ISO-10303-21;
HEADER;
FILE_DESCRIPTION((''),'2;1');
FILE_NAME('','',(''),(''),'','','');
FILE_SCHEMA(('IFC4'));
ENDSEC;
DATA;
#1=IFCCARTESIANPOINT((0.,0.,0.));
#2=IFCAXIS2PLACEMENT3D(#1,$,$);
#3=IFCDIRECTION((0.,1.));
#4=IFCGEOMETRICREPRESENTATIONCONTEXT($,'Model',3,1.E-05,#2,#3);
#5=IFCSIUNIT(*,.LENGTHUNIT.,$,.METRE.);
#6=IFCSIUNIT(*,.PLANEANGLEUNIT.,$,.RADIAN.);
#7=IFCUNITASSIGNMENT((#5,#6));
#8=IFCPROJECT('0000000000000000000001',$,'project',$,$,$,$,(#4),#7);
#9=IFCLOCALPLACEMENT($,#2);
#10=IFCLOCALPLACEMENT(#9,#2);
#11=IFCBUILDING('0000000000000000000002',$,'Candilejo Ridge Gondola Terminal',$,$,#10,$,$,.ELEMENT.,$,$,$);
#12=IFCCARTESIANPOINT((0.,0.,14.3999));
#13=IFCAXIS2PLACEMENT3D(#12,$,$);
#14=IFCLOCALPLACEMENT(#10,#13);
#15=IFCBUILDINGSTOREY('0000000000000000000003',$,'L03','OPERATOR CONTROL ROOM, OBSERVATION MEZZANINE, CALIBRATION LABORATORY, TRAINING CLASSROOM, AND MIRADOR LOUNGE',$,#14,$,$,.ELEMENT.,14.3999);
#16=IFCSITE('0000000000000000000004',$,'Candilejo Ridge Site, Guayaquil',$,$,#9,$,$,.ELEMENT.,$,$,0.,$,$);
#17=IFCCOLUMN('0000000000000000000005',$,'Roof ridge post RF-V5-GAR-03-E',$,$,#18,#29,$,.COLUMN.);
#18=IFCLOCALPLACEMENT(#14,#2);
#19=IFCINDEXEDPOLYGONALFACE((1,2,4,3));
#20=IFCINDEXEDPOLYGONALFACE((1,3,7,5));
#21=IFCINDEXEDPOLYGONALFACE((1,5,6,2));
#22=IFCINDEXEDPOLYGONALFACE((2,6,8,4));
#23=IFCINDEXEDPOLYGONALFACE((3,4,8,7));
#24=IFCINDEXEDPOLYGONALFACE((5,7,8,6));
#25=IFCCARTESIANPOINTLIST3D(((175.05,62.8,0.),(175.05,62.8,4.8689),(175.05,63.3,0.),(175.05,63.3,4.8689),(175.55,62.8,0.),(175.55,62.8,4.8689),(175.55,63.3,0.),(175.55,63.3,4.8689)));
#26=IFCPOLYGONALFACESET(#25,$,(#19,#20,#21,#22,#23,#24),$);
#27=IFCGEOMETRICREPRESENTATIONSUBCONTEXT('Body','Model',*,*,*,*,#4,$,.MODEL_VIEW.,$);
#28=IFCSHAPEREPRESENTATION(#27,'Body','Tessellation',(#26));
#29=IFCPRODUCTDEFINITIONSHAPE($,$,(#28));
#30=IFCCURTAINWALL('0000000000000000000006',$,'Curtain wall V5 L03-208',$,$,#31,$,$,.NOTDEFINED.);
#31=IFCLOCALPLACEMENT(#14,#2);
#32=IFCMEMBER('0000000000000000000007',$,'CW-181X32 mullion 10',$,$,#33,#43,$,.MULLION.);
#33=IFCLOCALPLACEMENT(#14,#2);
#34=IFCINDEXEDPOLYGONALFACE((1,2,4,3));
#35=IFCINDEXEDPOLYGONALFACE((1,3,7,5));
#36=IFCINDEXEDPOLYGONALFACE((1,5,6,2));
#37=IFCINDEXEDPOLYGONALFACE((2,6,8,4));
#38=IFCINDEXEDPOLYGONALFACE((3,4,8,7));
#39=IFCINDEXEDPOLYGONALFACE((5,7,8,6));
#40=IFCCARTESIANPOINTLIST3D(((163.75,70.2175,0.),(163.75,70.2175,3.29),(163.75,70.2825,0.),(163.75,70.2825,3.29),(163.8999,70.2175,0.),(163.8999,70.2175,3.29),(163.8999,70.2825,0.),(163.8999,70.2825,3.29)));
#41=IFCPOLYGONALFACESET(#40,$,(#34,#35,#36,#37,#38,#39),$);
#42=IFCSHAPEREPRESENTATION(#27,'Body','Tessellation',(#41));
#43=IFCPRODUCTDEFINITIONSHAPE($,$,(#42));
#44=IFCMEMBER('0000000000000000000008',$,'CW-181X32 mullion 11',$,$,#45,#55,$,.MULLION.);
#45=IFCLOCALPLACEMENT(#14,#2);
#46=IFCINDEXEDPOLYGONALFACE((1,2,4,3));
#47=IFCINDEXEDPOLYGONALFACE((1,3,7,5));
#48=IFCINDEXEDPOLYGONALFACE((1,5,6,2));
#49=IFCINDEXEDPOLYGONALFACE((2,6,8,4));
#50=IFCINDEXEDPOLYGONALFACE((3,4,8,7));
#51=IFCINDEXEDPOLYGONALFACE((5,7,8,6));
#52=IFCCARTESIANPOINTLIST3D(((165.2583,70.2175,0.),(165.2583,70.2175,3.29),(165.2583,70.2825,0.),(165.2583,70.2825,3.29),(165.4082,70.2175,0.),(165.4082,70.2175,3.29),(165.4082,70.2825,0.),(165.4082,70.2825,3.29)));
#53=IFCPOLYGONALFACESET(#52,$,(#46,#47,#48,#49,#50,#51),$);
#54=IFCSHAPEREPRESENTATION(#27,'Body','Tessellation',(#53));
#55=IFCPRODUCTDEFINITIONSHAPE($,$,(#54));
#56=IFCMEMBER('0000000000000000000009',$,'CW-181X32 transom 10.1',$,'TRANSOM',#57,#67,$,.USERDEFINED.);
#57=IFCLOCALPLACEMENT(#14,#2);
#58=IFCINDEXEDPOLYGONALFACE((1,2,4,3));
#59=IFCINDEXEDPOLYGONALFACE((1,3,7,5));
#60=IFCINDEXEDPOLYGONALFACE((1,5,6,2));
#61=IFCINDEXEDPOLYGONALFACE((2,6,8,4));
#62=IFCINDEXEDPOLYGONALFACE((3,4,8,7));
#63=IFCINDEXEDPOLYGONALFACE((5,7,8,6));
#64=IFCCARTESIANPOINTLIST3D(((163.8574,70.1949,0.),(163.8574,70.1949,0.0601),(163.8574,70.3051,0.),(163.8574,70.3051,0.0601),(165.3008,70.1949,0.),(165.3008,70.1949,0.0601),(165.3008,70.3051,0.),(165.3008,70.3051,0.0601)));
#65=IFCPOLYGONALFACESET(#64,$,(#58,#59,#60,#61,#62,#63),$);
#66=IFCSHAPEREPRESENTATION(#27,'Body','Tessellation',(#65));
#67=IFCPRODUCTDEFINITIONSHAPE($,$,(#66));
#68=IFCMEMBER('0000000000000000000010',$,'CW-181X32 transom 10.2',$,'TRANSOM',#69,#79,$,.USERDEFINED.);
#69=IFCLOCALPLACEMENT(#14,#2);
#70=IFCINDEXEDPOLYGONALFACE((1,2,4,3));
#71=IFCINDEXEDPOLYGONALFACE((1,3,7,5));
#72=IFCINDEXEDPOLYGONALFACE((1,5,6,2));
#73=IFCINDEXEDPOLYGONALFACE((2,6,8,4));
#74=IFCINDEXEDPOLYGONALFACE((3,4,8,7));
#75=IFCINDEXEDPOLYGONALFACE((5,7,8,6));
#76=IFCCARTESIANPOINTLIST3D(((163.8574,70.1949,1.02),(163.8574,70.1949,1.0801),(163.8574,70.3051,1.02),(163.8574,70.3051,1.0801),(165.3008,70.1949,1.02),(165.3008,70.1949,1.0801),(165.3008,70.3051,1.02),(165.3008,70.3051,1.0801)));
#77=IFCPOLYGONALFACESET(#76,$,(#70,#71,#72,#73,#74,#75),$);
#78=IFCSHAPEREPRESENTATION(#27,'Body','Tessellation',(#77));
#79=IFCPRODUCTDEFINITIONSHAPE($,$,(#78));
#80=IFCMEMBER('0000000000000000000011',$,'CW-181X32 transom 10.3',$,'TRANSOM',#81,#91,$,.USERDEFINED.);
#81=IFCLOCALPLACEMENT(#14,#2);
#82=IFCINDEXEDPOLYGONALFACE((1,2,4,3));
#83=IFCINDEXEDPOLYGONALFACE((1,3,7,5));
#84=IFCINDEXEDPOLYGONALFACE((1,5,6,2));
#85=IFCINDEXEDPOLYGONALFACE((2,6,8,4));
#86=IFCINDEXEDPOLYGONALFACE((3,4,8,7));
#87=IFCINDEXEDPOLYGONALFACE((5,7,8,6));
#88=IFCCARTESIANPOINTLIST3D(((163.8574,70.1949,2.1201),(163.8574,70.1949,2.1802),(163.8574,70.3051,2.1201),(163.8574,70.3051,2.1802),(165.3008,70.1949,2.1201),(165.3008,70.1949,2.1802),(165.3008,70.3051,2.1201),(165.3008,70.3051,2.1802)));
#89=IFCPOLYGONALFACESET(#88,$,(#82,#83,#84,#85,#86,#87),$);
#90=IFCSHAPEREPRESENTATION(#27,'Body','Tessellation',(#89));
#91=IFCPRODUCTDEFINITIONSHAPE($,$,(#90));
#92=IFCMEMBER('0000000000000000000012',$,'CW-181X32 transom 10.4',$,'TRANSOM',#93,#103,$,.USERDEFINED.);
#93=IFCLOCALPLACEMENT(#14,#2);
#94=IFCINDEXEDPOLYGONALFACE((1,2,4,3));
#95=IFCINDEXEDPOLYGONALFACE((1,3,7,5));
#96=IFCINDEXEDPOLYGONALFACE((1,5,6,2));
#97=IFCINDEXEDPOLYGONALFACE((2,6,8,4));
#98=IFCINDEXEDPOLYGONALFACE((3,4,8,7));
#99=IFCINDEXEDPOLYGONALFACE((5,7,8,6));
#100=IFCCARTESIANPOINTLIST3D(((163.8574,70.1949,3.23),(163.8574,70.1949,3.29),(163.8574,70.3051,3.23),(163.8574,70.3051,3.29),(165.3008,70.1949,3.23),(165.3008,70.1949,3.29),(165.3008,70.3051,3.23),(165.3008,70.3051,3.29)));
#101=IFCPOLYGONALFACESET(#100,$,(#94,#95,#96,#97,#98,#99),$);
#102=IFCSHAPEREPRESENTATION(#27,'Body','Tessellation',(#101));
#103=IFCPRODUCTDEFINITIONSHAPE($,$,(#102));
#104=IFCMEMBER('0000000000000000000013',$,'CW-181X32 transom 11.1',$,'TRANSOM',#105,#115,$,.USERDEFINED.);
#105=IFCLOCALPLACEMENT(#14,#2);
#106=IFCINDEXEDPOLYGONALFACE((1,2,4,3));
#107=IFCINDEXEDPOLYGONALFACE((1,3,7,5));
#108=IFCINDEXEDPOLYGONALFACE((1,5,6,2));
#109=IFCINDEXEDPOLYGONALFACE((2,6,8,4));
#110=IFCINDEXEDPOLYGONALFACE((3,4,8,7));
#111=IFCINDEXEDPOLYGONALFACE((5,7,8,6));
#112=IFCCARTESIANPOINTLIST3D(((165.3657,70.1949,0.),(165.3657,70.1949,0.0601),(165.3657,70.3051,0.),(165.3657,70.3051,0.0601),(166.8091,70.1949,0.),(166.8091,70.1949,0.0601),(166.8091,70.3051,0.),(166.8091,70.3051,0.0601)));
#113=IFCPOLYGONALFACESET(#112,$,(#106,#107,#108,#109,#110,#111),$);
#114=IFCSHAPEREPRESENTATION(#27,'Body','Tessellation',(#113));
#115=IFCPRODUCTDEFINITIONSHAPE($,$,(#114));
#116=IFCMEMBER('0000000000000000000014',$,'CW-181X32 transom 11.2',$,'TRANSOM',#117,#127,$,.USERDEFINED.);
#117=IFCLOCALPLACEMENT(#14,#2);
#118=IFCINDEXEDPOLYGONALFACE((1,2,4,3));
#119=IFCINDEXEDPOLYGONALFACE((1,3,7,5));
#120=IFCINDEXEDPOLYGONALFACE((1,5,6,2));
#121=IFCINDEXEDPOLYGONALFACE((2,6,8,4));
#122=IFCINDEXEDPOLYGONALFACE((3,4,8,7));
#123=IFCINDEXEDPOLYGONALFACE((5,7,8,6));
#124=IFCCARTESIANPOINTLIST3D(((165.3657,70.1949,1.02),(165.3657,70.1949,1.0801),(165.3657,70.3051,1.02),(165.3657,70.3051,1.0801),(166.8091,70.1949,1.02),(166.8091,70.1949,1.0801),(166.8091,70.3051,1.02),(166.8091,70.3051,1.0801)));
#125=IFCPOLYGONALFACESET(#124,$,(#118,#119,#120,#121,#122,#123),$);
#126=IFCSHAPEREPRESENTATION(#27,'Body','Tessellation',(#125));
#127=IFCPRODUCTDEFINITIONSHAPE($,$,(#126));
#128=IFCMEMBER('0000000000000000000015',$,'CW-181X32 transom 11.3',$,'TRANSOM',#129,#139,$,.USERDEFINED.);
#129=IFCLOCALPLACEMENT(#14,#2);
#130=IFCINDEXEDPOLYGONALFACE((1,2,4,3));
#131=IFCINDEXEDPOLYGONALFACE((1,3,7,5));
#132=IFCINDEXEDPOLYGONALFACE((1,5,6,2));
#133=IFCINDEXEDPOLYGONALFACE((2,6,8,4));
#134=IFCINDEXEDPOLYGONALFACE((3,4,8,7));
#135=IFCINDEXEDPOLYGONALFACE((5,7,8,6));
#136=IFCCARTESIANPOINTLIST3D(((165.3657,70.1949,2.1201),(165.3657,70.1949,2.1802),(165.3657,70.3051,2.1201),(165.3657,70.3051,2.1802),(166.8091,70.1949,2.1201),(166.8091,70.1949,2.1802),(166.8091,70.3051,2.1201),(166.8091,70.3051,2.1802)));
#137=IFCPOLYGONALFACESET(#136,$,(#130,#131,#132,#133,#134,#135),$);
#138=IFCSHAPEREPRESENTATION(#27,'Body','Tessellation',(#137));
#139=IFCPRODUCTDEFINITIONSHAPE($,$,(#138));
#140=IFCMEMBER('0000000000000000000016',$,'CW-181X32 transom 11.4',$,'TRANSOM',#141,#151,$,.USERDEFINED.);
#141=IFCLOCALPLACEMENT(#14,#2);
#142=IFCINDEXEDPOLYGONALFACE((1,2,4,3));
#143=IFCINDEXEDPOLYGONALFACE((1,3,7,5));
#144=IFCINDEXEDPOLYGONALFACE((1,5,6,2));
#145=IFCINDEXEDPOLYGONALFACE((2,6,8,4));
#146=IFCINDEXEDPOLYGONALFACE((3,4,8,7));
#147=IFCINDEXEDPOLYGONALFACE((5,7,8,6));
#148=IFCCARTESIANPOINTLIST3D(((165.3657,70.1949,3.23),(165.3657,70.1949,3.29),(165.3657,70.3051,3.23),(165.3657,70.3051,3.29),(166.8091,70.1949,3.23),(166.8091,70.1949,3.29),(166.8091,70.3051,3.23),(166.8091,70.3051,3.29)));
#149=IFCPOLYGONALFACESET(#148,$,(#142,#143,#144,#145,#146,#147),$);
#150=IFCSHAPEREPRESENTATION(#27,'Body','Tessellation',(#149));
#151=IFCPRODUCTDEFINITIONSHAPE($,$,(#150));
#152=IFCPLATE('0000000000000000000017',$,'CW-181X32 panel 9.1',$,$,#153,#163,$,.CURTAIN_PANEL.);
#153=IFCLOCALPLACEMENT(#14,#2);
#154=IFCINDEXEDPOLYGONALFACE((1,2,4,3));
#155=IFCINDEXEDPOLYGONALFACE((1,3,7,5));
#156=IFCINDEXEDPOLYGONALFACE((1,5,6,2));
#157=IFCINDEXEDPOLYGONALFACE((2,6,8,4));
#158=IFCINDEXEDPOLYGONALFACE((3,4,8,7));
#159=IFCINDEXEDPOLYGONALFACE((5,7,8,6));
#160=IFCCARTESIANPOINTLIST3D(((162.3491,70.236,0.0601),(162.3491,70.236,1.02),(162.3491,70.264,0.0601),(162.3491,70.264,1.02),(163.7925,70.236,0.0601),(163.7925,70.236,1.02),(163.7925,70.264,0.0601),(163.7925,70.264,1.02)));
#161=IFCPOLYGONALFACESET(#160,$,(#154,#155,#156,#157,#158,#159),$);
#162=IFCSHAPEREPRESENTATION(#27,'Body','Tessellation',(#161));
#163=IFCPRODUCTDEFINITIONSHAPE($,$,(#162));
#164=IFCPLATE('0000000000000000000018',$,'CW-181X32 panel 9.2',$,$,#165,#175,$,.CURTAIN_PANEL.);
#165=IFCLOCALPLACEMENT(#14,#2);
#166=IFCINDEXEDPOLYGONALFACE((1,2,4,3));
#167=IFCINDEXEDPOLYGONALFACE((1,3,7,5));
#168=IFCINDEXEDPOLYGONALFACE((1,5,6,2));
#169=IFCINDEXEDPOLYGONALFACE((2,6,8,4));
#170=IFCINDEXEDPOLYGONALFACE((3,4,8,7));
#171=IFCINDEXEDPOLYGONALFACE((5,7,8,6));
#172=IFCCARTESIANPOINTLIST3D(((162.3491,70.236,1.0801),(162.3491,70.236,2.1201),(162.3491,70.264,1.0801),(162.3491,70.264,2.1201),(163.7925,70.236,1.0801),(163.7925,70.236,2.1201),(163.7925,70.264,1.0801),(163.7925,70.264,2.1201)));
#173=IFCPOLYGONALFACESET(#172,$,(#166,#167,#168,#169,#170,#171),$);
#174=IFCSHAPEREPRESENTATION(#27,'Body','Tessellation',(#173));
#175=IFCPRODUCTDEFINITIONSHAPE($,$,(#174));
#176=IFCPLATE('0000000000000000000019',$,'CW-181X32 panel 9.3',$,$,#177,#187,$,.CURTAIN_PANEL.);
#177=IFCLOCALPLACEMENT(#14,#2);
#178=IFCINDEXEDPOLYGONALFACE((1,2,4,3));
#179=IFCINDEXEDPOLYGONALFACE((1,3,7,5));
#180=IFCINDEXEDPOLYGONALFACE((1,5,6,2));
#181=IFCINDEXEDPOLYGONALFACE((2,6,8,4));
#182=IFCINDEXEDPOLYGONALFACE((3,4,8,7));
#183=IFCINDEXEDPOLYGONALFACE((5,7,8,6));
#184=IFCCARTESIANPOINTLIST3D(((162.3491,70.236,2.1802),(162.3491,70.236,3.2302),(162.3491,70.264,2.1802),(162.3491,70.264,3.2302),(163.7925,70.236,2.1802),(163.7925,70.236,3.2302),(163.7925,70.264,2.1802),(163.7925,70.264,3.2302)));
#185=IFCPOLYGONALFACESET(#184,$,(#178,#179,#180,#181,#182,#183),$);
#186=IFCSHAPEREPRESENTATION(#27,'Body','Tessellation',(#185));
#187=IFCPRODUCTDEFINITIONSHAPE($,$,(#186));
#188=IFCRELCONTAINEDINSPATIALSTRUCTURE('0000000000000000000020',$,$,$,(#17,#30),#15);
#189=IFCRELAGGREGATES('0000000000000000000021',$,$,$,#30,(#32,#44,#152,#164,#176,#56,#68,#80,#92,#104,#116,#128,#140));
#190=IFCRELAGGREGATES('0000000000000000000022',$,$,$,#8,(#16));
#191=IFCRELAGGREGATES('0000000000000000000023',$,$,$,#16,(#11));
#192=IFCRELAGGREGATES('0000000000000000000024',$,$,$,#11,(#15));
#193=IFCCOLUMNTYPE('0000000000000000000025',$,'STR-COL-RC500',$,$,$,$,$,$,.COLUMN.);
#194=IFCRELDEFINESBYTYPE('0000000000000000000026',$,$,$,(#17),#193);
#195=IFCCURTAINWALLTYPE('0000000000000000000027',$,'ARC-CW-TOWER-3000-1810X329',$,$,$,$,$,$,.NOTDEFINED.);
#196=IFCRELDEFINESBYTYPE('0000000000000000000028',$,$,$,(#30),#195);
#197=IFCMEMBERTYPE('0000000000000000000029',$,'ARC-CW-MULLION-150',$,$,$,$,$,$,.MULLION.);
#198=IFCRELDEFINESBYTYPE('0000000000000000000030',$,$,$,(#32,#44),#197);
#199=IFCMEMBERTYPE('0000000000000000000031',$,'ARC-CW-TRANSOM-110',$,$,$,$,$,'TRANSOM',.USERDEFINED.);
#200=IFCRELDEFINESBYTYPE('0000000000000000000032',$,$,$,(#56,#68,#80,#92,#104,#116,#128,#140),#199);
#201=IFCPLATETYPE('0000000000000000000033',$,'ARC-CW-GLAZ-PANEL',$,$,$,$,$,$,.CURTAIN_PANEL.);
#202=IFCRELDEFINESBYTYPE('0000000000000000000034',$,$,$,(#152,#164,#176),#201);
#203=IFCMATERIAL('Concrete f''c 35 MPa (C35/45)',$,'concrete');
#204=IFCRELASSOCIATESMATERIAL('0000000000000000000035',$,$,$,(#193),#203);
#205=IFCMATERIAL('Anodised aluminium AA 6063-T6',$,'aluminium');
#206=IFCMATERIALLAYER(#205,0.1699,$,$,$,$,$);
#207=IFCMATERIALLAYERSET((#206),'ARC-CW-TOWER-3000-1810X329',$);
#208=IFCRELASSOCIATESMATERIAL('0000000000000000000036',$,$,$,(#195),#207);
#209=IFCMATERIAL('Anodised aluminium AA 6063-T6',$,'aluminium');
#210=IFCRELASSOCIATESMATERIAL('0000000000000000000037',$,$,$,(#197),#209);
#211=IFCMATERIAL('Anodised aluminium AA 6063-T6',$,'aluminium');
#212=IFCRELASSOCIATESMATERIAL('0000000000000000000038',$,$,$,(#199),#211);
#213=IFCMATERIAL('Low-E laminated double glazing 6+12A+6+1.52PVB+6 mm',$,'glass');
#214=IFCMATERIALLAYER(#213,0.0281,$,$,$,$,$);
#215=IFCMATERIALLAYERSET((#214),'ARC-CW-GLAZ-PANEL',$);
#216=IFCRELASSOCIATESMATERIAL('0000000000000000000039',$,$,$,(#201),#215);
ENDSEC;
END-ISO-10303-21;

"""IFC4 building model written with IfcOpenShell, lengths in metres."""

from ifc_helpers import new_model, si_unit, direction, frame, origin, origin_2d, place, context, subcontext, project, spatial, rectangle, extrude, material, layer, layer_set, material_profile, profile_set, type_object, element, aggregate, save


model = new_model("IFC4")

# Units and contexts
model_context = context("Model", 3, precision=1e-05, world=origin(), true_north=direction((0.0, 1.0)))
body_context = subcontext(model_context, "Body", "Model", "MODEL_VIEW")
ifc_project = project(units=[si_unit("LENGTHUNIT", "METRE"), si_unit("PLANEANGLEUNIT", "RADIAN")], contexts=[model_context])

# Site, building, storey
site_placement = place(None, origin())
site = spatial("IfcSite", under=ifc_project, at=site_placement, Name="Candilejo Ridge Site, Guayaquil", CompositionType="ELEMENT", RefElevation=0.0)
building_placement = place(site_placement, origin())
building = spatial("IfcBuilding", under=site, at=building_placement, Name="Candilejo Ridge Gondola Terminal", CompositionType="ELEMENT")
storey_placement = place(building_placement, frame((0.0, 0.0, 14.3999)))
storey = spatial("IfcBuildingStorey", under=building, at=storey_placement, Name="L03", Description="OPERATOR CONTROL ROOM, OBSERVATION MEZZANINE, CALIBRATION LABORATORY, TRAINING CLASSROOM, AND MIRADOR LOUNGE", CompositionType="ELEMENT", Elevation=14.3999)

# Column
ifc_material_1 = material(Name="Concrete f'c 35 MPa (C35/45)", Category="concrete")
ifc_material_profile_1 = material_profile(ifc_material_1, rectangle(XDim=0.5, YDim=0.5, at=origin_2d()))
ifc_profile_set_1 = profile_set([ifc_material_profile_1], Name="Concrete f'c 35 MPa (C35/45)")
column_type = type_object("IfcColumnType", Name="STR-COL-RC500", PredefinedType="COLUMN", material=ifc_profile_set_1)
column_placement = place(storey_placement, frame((175.3, 63.05, 0.0), z_axis=(0.0, 0.0, 1.0), x_axis=(1.0, 0.0, 0.0)))
element("IfcColumn", 1, at=column_placement, inside=storey, type_object=column_type, Name="Roof ridge post RF-V5-GAR-03-E", PredefinedType="COLUMN", context=body_context, shape_type="SweptSolid", body=[
    extrude(rectangle(XDim=0.5, YDim=0.5, at=origin_2d()), origin(), (0.0, 0.0, 1.0), 4.8689),
])

# Curtain wall, members, plates
ifc_material_2 = material(Name="Anodised aluminium AA 6063-T6", Category="aluminium")
ifc_layer_1 = layer(ifc_material_2, 0.1699)
ifc_layer_set_1 = layer_set([ifc_layer_1], Name="ARC-CW-TOWER-3000-1810X329")
curtain_wall_type = type_object("IfcCurtainWallType", Name="ARC-CW-TOWER-3000-1810X329", PredefinedType="NOTDEFINED", material=ifc_layer_set_1)
curtain_wall_placement = place(storey_placement, origin())
curtain_wall = element("IfcCurtainWall", 2, at=curtain_wall_placement, inside=storey, type_object=curtain_wall_type, Name="Curtain wall V5 L03-208", PredefinedType="NOTDEFINED")
ifc_material_3 = material(Name="Anodised aluminium AA 6063-T6", Category="aluminium")
ifc_material_profile_2 = material_profile(ifc_material_3, rectangle(XDim=0.0649, YDim=0.1499, at=origin_2d()))
ifc_profile_set_2 = profile_set([ifc_material_profile_2], Name="Anodised aluminium AA 6063-T6")
member_type_1 = type_object("IfcMemberType", Name="ARC-CW-MULLION-150", PredefinedType="MULLION", material=ifc_profile_set_2)
member_1_placement = place(storey_placement, frame((163.825, 70.25, 0.0), z_axis=(0.0, 0.0, 1.0), x_axis=(0.0, 1.0, 0.0)))
member_1 = element("IfcMember", 3, at=member_1_placement, type_object=member_type_1, Name="CW-181X32 mullion 10", PredefinedType="MULLION", context=body_context, shape_type="SweptSolid", body=[
    extrude(rectangle(XDim=0.0649, YDim=0.1499, at=origin_2d()), origin(), (0.0, 0.0, 1.0), 3.29),
])
member_2_placement = place(storey_placement, frame((165.3333, 70.25, 0.0), z_axis=(0.0, 0.0, 1.0), x_axis=(0.0, 1.0, 0.0)))
member_2 = element("IfcMember", 4, at=member_2_placement, type_object=member_type_1, Name="CW-181X32 mullion 11", PredefinedType="MULLION", context=body_context, shape_type="SweptSolid", body=[
    extrude(rectangle(XDim=0.0649, YDim=0.1499, at=origin_2d()), origin(), (0.0, 0.0, 1.0), 3.29),
])
ifc_material_4 = material(Name="Anodised aluminium AA 6063-T6", Category="aluminium")
ifc_material_profile_3 = material_profile(ifc_material_4, rectangle(XDim=0.1101, YDim=0.0601, at=origin_2d()))
ifc_profile_set_3 = profile_set([ifc_material_profile_3], Name="Anodised aluminium AA 6063-T6")
member_type_2 = type_object("IfcMemberType", Name="ARC-CW-TRANSOM-110", ElementType="TRANSOM", PredefinedType="USERDEFINED", material=ifc_profile_set_3)
member_3_placement = place(storey_placement, frame((163.8574, 70.25, 0.03), z_axis=(1.0, 0.0, 0.0), x_axis=(0.0, 1.0, 0.0)))
member_3 = element("IfcMember", 5, at=member_3_placement, type_object=member_type_2, Name="CW-181X32 transom 10.1", ObjectType="TRANSOM", PredefinedType="USERDEFINED", context=body_context, shape_type="SweptSolid", body=[
    extrude(rectangle(XDim=0.1101, YDim=0.0601, at=origin_2d()), origin(), (0.0, 0.0, 1.0), 1.4434),
])
member_4_placement = place(storey_placement, frame((163.8574, 70.25, 1.05), z_axis=(1.0, 0.0, 0.0), x_axis=(0.0, 1.0, 0.0)))
member_4 = element("IfcMember", 6, at=member_4_placement, type_object=member_type_2, Name="CW-181X32 transom 10.2", ObjectType="TRANSOM", PredefinedType="USERDEFINED", context=body_context, shape_type="SweptSolid", body=[
    extrude(rectangle(XDim=0.1101, YDim=0.0601, at=origin_2d()), origin(), (0.0, 0.0, 1.0), 1.4434),
])
member_5_placement = place(storey_placement, frame((163.8574, 70.25, 2.1501), z_axis=(1.0, 0.0, 0.0), x_axis=(0.0, 1.0, 0.0)))
member_5 = element("IfcMember", 7, at=member_5_placement, type_object=member_type_2, Name="CW-181X32 transom 10.3", ObjectType="TRANSOM", PredefinedType="USERDEFINED", context=body_context, shape_type="SweptSolid", body=[
    extrude(rectangle(XDim=0.1101, YDim=0.0601, at=origin_2d()), origin(), (0.0, 0.0, 1.0), 1.4434),
])
member_6_placement = place(storey_placement, frame((163.8574, 70.25, 3.26), z_axis=(1.0, 0.0, 0.0), x_axis=(0.0, 1.0, 0.0)))
member_6 = element("IfcMember", 8, at=member_6_placement, type_object=member_type_2, Name="CW-181X32 transom 10.4", ObjectType="TRANSOM", PredefinedType="USERDEFINED", context=body_context, shape_type="SweptSolid", body=[
    extrude(rectangle(XDim=0.1101, YDim=0.0601, at=origin_2d()), origin(), (0.0, 0.0, 1.0), 1.4434),
])
member_7_placement = place(storey_placement, frame((165.3657, 70.25, 0.03), z_axis=(1.0, 0.0, 0.0), x_axis=(0.0, 1.0, 0.0)))
member_7 = element("IfcMember", 9, at=member_7_placement, type_object=member_type_2, Name="CW-181X32 transom 11.1", ObjectType="TRANSOM", PredefinedType="USERDEFINED", context=body_context, shape_type="SweptSolid", body=[
    extrude(rectangle(XDim=0.1101, YDim=0.0601, at=origin_2d()), origin(), (0.0, 0.0, 1.0), 1.4434),
])
member_8_placement = place(storey_placement, frame((165.3657, 70.25, 1.05), z_axis=(1.0, 0.0, 0.0), x_axis=(0.0, 1.0, 0.0)))
member_8 = element("IfcMember", 10, at=member_8_placement, type_object=member_type_2, Name="CW-181X32 transom 11.2", ObjectType="TRANSOM", PredefinedType="USERDEFINED", context=body_context, shape_type="SweptSolid", body=[
    extrude(rectangle(XDim=0.1101, YDim=0.0601, at=origin_2d()), origin(), (0.0, 0.0, 1.0), 1.4434),
])
member_9_placement = place(storey_placement, frame((165.3657, 70.25, 2.1501), z_axis=(1.0, 0.0, 0.0), x_axis=(0.0, 1.0, 0.0)))
member_9 = element("IfcMember", 11, at=member_9_placement, type_object=member_type_2, Name="CW-181X32 transom 11.3", ObjectType="TRANSOM", PredefinedType="USERDEFINED", context=body_context, shape_type="SweptSolid", body=[
    extrude(rectangle(XDim=0.1101, YDim=0.0601, at=origin_2d()), origin(), (0.0, 0.0, 1.0), 1.4434),
])
member_10_placement = place(storey_placement, frame((165.3657, 70.25, 3.26), z_axis=(1.0, 0.0, 0.0), x_axis=(0.0, 1.0, 0.0)))
member_10 = element("IfcMember", 12, at=member_10_placement, type_object=member_type_2, Name="CW-181X32 transom 11.4", ObjectType="TRANSOM", PredefinedType="USERDEFINED", context=body_context, shape_type="SweptSolid", body=[
    extrude(rectangle(XDim=0.1101, YDim=0.0601, at=origin_2d()), origin(), (0.0, 0.0, 1.0), 1.4434),
])
ifc_material_5 = material(Name="Low-E laminated double glazing 6+12A+6+1.52PVB+6 mm", Category="glass")
ifc_layer_2 = layer(ifc_material_5, 0.0281)
ifc_layer_set_2 = layer_set([ifc_layer_2], Name="ARC-CW-GLAZ-PANEL")
plate_type = type_object("IfcPlateType", Name="ARC-CW-GLAZ-PANEL", PredefinedType="CURTAIN_PANEL", material=ifc_layer_set_2)
plate_1_placement = place(storey_placement, frame((163.0708, 70.25, 0.0601), z_axis=(0.0, 0.0, 1.0), x_axis=(1.0, 0.0, 0.0)))
plate_1 = element("IfcPlate", 13, at=plate_1_placement, type_object=plate_type, Name="CW-181X32 panel 9.1", PredefinedType="CURTAIN_PANEL", context=body_context, shape_type="SweptSolid", body=[
    extrude(rectangle(XDim=1.4434, YDim=0.0281, at=origin_2d()), origin(), (0.0, 0.0, 1.0), 0.96),
])
plate_2_placement = place(storey_placement, frame((163.0708, 70.25, 1.0801), z_axis=(0.0, 0.0, 1.0), x_axis=(1.0, 0.0, 0.0)))
plate_2 = element("IfcPlate", 14, at=plate_2_placement, type_object=plate_type, Name="CW-181X32 panel 9.2", PredefinedType="CURTAIN_PANEL", context=body_context, shape_type="SweptSolid", body=[
    extrude(rectangle(XDim=1.4434, YDim=0.0281, at=origin_2d()), origin(), (0.0, 0.0, 1.0), 1.04),
])
plate_3_placement = place(storey_placement, frame((163.0708, 70.25, 2.1802), z_axis=(0.0, 0.0, 1.0), x_axis=(1.0, 0.0, 0.0)))
plate_3 = element("IfcPlate", 15, at=plate_3_placement, type_object=plate_type, Name="CW-181X32 panel 9.3", PredefinedType="CURTAIN_PANEL", context=body_context, shape_type="SweptSolid", body=[
    extrude(rectangle(XDim=1.4434, YDim=0.0281, at=origin_2d()), origin(), (0.0, 0.0, 1.0), 1.05),
])
aggregate(curtain_wall, [member_1, member_2, plate_1, plate_2, plate_3, member_3, member_4, member_5, member_6, member_7, member_8, member_9, member_10])

save(model, "model.ifc")
